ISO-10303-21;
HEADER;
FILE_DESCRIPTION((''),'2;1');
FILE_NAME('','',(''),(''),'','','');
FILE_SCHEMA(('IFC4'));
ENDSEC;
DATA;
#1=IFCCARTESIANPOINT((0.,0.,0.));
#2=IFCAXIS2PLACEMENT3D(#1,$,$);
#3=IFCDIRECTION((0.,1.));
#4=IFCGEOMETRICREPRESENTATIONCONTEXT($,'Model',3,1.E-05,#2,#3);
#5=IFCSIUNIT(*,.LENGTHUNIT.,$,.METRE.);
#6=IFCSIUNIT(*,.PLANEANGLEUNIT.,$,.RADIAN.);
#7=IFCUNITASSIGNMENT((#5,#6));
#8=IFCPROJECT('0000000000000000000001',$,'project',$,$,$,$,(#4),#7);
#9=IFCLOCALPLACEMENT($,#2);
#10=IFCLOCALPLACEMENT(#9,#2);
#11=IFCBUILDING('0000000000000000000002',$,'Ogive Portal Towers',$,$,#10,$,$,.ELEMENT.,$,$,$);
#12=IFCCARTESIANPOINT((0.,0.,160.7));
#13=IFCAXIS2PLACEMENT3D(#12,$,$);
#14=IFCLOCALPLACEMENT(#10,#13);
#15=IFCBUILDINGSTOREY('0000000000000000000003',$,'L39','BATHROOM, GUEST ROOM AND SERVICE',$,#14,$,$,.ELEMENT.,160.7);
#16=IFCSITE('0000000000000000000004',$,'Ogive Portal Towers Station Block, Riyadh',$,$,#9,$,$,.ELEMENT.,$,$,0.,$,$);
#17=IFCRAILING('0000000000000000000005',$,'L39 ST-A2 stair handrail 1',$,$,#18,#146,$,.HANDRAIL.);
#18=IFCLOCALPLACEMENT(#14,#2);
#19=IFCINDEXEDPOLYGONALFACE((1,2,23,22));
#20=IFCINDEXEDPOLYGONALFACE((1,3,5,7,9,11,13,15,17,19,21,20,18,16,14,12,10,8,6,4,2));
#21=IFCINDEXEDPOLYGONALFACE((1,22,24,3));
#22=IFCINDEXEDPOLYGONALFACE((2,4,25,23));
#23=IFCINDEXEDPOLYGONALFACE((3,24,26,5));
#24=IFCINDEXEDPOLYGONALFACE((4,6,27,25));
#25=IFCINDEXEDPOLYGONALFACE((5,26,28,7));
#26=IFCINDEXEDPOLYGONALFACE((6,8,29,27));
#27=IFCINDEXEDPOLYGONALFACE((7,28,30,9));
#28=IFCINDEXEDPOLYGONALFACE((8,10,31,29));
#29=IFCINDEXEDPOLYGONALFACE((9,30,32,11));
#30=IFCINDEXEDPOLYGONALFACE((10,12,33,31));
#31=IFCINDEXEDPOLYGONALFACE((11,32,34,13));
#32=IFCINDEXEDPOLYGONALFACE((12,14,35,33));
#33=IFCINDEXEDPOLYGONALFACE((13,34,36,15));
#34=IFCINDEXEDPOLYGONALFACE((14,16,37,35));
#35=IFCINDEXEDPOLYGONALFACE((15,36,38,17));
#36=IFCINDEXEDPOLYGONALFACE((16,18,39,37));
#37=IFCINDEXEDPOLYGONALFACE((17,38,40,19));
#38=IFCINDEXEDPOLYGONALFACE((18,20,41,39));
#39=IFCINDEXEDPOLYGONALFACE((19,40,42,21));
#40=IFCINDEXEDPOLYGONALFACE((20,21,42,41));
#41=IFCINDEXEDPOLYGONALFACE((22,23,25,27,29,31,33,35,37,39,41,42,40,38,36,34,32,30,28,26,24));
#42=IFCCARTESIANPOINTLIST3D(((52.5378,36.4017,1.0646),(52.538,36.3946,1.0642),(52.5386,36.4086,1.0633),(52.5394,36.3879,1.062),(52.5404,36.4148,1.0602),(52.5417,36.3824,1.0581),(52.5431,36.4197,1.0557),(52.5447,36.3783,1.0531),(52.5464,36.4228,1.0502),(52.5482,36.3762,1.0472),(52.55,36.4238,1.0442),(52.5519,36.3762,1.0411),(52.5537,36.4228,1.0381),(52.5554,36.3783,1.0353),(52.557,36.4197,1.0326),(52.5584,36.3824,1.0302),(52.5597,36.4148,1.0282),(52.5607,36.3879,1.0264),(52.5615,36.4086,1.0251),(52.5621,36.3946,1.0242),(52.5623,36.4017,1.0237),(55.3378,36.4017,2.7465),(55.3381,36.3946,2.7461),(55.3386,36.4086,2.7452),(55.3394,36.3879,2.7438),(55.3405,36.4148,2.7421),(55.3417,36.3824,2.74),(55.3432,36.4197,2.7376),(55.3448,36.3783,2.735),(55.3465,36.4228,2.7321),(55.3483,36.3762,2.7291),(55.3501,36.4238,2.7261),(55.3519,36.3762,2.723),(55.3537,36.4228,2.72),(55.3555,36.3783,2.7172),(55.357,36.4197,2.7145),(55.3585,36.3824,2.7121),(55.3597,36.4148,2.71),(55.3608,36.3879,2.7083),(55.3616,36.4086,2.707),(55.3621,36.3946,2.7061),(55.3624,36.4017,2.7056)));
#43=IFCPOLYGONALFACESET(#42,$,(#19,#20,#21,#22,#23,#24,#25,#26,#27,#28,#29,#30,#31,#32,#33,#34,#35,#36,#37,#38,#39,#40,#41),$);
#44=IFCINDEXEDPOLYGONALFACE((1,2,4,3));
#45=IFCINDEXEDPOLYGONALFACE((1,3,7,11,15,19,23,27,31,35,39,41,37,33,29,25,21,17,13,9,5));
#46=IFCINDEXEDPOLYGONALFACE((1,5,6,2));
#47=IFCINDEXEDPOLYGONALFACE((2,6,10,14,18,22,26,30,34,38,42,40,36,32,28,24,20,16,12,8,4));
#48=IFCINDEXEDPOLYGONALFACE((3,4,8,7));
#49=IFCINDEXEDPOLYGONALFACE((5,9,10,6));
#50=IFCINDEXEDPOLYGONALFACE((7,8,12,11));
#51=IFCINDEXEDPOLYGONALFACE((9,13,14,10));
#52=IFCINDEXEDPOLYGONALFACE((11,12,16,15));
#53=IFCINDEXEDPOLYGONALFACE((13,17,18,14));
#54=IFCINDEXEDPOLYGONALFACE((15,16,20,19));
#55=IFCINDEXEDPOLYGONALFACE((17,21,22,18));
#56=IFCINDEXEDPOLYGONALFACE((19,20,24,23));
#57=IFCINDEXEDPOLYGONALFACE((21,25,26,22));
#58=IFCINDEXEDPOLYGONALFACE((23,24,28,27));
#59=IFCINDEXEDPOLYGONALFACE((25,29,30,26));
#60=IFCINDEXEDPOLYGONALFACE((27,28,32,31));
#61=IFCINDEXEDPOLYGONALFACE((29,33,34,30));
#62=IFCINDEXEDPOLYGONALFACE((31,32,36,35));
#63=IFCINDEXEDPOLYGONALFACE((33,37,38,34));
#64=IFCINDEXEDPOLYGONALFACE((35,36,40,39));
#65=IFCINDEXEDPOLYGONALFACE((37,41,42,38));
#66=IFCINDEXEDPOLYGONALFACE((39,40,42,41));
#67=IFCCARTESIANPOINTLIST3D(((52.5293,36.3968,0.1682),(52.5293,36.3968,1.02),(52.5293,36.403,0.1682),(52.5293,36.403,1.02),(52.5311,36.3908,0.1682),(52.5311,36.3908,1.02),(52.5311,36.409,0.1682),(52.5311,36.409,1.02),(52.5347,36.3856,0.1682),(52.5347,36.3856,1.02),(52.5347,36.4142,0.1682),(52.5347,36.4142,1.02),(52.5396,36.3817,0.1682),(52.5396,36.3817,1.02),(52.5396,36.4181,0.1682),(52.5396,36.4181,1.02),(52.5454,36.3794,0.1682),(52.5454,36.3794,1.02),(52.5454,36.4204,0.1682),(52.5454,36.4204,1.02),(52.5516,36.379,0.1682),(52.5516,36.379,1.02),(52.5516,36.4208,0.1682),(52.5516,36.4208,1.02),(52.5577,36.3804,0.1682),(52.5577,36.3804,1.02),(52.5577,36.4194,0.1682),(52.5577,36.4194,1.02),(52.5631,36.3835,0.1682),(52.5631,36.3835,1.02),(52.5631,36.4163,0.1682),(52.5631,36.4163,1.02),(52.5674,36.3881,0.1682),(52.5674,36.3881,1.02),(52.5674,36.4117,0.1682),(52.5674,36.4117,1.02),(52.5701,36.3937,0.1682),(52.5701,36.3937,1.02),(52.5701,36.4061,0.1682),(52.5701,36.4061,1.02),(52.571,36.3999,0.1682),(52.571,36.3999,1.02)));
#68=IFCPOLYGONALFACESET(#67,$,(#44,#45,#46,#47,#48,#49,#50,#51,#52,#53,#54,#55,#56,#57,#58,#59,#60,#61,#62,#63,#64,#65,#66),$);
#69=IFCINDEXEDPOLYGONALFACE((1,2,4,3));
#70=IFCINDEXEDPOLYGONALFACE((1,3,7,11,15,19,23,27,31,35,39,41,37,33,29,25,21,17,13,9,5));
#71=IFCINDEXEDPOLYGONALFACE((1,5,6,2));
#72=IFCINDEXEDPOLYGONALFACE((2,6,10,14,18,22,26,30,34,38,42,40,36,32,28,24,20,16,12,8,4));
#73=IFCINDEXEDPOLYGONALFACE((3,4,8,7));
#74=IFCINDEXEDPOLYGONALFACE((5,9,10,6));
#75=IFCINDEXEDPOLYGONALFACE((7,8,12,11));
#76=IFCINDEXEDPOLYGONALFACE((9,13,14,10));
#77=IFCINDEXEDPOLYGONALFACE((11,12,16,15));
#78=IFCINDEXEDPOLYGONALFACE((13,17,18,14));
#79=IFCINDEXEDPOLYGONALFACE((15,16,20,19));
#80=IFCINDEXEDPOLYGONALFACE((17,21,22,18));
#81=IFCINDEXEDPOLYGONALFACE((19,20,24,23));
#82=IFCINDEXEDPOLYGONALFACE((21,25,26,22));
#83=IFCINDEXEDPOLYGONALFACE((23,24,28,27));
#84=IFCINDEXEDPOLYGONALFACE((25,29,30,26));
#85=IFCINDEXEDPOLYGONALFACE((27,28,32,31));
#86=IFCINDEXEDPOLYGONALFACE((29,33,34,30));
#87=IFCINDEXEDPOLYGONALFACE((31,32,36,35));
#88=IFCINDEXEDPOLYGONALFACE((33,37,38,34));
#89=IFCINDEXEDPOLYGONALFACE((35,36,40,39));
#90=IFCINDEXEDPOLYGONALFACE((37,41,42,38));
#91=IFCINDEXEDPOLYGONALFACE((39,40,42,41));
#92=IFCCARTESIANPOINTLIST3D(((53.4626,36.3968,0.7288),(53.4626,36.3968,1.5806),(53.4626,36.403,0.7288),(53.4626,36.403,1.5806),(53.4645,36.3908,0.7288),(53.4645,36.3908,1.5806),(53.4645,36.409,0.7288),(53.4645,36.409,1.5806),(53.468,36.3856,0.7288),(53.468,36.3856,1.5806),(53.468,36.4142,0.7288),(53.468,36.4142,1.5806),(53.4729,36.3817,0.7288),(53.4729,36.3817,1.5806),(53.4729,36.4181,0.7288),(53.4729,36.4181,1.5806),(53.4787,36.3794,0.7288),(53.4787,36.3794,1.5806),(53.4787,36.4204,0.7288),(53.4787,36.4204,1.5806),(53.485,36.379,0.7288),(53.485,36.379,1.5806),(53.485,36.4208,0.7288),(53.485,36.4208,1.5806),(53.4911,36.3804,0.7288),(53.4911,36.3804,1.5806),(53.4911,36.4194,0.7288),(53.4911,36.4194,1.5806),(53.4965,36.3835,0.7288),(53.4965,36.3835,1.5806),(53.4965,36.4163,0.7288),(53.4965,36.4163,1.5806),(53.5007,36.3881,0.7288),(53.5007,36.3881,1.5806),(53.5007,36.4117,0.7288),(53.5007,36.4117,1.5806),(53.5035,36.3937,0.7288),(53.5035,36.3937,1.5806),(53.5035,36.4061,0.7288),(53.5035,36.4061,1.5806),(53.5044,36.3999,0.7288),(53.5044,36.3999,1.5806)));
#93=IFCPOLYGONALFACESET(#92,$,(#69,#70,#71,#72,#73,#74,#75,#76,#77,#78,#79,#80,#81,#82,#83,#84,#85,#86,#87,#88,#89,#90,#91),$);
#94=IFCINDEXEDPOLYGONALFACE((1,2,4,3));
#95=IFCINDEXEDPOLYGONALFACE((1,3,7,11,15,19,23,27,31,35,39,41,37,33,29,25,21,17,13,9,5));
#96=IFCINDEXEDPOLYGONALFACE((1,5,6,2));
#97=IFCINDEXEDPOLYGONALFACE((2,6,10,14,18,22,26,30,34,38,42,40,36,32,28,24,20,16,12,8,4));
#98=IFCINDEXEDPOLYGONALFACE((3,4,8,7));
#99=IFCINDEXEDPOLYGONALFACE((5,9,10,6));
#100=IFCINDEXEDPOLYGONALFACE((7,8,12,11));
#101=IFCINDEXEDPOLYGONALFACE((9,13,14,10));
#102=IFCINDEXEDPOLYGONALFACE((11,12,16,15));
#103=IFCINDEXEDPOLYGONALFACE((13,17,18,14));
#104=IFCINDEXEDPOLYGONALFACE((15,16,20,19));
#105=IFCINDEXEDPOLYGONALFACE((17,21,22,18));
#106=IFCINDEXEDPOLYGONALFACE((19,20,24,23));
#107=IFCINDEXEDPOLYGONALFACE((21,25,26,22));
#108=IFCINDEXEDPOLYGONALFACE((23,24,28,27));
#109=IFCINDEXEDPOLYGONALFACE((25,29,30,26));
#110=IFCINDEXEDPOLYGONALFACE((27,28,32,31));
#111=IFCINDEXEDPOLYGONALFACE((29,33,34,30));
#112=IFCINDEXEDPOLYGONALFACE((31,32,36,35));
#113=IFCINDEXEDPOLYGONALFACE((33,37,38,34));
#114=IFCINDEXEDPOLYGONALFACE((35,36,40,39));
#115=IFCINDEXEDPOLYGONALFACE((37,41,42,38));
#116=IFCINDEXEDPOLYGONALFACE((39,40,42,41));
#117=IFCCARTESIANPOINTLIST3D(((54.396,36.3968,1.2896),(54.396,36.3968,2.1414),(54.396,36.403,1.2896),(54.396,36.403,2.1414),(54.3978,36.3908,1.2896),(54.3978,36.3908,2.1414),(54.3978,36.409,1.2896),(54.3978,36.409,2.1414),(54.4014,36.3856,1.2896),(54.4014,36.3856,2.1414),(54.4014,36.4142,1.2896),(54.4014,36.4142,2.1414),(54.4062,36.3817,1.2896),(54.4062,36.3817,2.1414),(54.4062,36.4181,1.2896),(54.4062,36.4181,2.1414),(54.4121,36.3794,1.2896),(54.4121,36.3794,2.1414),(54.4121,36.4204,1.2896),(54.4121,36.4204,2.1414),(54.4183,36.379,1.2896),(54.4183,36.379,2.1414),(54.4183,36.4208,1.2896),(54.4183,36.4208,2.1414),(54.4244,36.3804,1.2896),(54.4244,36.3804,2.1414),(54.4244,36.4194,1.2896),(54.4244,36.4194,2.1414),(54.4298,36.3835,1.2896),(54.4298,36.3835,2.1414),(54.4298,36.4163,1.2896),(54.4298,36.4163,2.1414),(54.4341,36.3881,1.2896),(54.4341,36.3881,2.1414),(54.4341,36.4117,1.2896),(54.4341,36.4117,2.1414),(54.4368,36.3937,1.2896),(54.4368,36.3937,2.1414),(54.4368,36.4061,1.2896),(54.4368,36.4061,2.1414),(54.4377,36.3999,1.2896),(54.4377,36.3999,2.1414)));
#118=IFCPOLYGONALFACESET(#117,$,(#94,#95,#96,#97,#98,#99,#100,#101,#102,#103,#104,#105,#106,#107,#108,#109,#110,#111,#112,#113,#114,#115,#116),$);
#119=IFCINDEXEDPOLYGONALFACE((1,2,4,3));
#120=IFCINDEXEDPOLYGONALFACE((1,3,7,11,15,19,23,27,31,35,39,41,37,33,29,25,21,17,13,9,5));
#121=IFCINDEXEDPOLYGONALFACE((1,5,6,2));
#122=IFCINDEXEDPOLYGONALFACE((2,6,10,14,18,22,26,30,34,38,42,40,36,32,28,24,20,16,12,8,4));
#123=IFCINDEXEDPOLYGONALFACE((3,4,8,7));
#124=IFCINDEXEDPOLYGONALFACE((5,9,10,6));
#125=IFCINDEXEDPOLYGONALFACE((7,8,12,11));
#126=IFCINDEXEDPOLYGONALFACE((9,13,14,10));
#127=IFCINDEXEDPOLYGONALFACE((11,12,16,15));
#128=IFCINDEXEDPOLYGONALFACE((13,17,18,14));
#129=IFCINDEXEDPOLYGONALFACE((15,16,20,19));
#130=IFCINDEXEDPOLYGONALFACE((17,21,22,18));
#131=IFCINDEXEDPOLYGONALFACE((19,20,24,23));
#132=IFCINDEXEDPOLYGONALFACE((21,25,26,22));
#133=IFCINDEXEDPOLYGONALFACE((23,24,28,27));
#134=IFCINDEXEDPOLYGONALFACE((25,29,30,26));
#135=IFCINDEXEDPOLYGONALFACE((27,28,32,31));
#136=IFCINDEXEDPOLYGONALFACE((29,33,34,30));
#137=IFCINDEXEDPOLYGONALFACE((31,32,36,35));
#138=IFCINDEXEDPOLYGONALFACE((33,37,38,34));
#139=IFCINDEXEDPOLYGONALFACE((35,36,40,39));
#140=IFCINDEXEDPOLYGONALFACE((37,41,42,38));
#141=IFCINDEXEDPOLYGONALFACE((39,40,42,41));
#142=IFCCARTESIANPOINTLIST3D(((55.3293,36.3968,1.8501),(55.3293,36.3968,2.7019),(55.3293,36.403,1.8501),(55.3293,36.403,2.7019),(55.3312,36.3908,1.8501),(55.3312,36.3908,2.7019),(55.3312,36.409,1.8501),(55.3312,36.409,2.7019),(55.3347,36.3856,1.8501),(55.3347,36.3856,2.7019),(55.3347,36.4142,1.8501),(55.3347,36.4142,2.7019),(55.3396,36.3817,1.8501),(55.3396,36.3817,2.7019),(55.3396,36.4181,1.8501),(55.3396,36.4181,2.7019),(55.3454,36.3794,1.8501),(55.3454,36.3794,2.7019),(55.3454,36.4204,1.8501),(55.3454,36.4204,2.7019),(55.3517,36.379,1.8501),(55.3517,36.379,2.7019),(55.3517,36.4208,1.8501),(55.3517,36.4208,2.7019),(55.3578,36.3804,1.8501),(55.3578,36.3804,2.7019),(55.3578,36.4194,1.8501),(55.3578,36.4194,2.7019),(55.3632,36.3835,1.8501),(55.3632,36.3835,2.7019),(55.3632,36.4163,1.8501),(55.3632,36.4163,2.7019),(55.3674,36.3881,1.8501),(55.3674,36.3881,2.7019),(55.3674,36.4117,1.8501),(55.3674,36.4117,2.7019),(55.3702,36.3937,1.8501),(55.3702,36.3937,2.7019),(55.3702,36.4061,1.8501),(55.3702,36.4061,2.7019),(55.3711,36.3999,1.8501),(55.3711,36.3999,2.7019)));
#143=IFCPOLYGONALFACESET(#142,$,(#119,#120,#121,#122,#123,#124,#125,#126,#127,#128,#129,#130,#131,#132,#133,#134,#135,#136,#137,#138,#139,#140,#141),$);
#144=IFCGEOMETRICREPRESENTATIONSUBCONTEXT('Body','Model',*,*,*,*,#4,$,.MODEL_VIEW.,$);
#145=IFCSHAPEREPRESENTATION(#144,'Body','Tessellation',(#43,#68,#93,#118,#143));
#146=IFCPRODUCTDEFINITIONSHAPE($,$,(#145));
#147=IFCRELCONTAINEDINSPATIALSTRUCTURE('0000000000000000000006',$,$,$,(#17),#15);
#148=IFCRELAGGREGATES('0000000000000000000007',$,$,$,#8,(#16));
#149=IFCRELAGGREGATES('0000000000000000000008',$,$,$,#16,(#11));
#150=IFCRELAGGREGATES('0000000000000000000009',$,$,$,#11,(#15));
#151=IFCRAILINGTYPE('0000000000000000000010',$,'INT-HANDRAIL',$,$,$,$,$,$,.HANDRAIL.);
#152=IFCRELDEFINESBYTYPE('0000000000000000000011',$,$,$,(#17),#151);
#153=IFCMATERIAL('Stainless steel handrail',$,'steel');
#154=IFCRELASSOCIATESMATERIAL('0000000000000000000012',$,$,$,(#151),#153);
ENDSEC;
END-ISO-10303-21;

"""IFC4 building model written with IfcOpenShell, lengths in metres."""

from ifc_helpers import new_model, si_unit, direction, frame, origin, origin_2d, place, context, subcontext, project, spatial, circle, extrude, material, type_object, element, save


model = new_model("IFC4")

# Units and contexts
model_context = context("Model", 3, precision=1e-05, world=origin(), true_north=direction((0.0, 1.0)))
body_context = subcontext(model_context, "Body", "Model", "MODEL_VIEW")
ifc_project = project(units=[si_unit("LENGTHUNIT", "METRE"), si_unit("PLANEANGLEUNIT", "RADIAN")], contexts=[model_context])

# Site, building, storey
site_placement = place(None, origin())
site = spatial("IfcSite", under=ifc_project, at=site_placement, Name="Ogive Portal Towers Station Block, Riyadh", CompositionType="ELEMENT", RefElevation=0.0)
building_placement = place(site_placement, origin())
building = spatial("IfcBuilding", under=site, at=building_placement, Name="Ogive Portal Towers", CompositionType="ELEMENT")
storey_placement = place(building_placement, frame((0.0, 0.0, 160.7)))
storey = spatial("IfcBuildingStorey", under=building, at=storey_placement, Name="L39", Description="BATHROOM, GUEST ROOM AND SERVICE", CompositionType="ELEMENT", Elevation=160.7)

# Railing
ifc_material_1 = material(Name="Stainless steel handrail", Category="steel")
railing_type_1 = type_object("IfcRailingType", Name="INT-HANDRAIL", PredefinedType="HANDRAIL", material=ifc_material_1)
railing_1_placement = place(storey_placement, frame((52.55, 36.3999, 0.1682)))
element("IfcRailing", 1, at=railing_1_placement, inside=storey, type_object=railing_type_1, Name="L39 ST-A2 stair handrail 1", PredefinedType="HANDRAIL", context=body_context, shape_type="SweptSolid", body=[
    extrude(circle(Radius=0.0239, at=origin_2d()), frame((0.0, 0.0, 0.876), z_axis=(0.857242, 0.0, 0.514913), x_axis=(0.0, 1.0, 0.0)), (0.0, 0.0, 1.0), 3.2664),
    extrude(circle(Radius=0.021, at=origin_2d()), origin(), (0.0, 0.0, 1.0), 0.8518),
    extrude(circle(Radius=0.021, at=origin_2d()), frame((0.9333, 0.0, 0.5605)), (0.0, 0.0, 1.0), 0.8518),
    extrude(circle(Radius=0.021, at=origin_2d()), frame((1.8667, 0.0, 1.1213)), (0.0, 0.0, 1.0), 0.8518),
    extrude(circle(Radius=0.021, at=origin_2d()), frame((2.8, 0.0, 1.6819)), (0.0, 0.0, 1.0), 0.8518),
])

save(model, "model.ifc")
